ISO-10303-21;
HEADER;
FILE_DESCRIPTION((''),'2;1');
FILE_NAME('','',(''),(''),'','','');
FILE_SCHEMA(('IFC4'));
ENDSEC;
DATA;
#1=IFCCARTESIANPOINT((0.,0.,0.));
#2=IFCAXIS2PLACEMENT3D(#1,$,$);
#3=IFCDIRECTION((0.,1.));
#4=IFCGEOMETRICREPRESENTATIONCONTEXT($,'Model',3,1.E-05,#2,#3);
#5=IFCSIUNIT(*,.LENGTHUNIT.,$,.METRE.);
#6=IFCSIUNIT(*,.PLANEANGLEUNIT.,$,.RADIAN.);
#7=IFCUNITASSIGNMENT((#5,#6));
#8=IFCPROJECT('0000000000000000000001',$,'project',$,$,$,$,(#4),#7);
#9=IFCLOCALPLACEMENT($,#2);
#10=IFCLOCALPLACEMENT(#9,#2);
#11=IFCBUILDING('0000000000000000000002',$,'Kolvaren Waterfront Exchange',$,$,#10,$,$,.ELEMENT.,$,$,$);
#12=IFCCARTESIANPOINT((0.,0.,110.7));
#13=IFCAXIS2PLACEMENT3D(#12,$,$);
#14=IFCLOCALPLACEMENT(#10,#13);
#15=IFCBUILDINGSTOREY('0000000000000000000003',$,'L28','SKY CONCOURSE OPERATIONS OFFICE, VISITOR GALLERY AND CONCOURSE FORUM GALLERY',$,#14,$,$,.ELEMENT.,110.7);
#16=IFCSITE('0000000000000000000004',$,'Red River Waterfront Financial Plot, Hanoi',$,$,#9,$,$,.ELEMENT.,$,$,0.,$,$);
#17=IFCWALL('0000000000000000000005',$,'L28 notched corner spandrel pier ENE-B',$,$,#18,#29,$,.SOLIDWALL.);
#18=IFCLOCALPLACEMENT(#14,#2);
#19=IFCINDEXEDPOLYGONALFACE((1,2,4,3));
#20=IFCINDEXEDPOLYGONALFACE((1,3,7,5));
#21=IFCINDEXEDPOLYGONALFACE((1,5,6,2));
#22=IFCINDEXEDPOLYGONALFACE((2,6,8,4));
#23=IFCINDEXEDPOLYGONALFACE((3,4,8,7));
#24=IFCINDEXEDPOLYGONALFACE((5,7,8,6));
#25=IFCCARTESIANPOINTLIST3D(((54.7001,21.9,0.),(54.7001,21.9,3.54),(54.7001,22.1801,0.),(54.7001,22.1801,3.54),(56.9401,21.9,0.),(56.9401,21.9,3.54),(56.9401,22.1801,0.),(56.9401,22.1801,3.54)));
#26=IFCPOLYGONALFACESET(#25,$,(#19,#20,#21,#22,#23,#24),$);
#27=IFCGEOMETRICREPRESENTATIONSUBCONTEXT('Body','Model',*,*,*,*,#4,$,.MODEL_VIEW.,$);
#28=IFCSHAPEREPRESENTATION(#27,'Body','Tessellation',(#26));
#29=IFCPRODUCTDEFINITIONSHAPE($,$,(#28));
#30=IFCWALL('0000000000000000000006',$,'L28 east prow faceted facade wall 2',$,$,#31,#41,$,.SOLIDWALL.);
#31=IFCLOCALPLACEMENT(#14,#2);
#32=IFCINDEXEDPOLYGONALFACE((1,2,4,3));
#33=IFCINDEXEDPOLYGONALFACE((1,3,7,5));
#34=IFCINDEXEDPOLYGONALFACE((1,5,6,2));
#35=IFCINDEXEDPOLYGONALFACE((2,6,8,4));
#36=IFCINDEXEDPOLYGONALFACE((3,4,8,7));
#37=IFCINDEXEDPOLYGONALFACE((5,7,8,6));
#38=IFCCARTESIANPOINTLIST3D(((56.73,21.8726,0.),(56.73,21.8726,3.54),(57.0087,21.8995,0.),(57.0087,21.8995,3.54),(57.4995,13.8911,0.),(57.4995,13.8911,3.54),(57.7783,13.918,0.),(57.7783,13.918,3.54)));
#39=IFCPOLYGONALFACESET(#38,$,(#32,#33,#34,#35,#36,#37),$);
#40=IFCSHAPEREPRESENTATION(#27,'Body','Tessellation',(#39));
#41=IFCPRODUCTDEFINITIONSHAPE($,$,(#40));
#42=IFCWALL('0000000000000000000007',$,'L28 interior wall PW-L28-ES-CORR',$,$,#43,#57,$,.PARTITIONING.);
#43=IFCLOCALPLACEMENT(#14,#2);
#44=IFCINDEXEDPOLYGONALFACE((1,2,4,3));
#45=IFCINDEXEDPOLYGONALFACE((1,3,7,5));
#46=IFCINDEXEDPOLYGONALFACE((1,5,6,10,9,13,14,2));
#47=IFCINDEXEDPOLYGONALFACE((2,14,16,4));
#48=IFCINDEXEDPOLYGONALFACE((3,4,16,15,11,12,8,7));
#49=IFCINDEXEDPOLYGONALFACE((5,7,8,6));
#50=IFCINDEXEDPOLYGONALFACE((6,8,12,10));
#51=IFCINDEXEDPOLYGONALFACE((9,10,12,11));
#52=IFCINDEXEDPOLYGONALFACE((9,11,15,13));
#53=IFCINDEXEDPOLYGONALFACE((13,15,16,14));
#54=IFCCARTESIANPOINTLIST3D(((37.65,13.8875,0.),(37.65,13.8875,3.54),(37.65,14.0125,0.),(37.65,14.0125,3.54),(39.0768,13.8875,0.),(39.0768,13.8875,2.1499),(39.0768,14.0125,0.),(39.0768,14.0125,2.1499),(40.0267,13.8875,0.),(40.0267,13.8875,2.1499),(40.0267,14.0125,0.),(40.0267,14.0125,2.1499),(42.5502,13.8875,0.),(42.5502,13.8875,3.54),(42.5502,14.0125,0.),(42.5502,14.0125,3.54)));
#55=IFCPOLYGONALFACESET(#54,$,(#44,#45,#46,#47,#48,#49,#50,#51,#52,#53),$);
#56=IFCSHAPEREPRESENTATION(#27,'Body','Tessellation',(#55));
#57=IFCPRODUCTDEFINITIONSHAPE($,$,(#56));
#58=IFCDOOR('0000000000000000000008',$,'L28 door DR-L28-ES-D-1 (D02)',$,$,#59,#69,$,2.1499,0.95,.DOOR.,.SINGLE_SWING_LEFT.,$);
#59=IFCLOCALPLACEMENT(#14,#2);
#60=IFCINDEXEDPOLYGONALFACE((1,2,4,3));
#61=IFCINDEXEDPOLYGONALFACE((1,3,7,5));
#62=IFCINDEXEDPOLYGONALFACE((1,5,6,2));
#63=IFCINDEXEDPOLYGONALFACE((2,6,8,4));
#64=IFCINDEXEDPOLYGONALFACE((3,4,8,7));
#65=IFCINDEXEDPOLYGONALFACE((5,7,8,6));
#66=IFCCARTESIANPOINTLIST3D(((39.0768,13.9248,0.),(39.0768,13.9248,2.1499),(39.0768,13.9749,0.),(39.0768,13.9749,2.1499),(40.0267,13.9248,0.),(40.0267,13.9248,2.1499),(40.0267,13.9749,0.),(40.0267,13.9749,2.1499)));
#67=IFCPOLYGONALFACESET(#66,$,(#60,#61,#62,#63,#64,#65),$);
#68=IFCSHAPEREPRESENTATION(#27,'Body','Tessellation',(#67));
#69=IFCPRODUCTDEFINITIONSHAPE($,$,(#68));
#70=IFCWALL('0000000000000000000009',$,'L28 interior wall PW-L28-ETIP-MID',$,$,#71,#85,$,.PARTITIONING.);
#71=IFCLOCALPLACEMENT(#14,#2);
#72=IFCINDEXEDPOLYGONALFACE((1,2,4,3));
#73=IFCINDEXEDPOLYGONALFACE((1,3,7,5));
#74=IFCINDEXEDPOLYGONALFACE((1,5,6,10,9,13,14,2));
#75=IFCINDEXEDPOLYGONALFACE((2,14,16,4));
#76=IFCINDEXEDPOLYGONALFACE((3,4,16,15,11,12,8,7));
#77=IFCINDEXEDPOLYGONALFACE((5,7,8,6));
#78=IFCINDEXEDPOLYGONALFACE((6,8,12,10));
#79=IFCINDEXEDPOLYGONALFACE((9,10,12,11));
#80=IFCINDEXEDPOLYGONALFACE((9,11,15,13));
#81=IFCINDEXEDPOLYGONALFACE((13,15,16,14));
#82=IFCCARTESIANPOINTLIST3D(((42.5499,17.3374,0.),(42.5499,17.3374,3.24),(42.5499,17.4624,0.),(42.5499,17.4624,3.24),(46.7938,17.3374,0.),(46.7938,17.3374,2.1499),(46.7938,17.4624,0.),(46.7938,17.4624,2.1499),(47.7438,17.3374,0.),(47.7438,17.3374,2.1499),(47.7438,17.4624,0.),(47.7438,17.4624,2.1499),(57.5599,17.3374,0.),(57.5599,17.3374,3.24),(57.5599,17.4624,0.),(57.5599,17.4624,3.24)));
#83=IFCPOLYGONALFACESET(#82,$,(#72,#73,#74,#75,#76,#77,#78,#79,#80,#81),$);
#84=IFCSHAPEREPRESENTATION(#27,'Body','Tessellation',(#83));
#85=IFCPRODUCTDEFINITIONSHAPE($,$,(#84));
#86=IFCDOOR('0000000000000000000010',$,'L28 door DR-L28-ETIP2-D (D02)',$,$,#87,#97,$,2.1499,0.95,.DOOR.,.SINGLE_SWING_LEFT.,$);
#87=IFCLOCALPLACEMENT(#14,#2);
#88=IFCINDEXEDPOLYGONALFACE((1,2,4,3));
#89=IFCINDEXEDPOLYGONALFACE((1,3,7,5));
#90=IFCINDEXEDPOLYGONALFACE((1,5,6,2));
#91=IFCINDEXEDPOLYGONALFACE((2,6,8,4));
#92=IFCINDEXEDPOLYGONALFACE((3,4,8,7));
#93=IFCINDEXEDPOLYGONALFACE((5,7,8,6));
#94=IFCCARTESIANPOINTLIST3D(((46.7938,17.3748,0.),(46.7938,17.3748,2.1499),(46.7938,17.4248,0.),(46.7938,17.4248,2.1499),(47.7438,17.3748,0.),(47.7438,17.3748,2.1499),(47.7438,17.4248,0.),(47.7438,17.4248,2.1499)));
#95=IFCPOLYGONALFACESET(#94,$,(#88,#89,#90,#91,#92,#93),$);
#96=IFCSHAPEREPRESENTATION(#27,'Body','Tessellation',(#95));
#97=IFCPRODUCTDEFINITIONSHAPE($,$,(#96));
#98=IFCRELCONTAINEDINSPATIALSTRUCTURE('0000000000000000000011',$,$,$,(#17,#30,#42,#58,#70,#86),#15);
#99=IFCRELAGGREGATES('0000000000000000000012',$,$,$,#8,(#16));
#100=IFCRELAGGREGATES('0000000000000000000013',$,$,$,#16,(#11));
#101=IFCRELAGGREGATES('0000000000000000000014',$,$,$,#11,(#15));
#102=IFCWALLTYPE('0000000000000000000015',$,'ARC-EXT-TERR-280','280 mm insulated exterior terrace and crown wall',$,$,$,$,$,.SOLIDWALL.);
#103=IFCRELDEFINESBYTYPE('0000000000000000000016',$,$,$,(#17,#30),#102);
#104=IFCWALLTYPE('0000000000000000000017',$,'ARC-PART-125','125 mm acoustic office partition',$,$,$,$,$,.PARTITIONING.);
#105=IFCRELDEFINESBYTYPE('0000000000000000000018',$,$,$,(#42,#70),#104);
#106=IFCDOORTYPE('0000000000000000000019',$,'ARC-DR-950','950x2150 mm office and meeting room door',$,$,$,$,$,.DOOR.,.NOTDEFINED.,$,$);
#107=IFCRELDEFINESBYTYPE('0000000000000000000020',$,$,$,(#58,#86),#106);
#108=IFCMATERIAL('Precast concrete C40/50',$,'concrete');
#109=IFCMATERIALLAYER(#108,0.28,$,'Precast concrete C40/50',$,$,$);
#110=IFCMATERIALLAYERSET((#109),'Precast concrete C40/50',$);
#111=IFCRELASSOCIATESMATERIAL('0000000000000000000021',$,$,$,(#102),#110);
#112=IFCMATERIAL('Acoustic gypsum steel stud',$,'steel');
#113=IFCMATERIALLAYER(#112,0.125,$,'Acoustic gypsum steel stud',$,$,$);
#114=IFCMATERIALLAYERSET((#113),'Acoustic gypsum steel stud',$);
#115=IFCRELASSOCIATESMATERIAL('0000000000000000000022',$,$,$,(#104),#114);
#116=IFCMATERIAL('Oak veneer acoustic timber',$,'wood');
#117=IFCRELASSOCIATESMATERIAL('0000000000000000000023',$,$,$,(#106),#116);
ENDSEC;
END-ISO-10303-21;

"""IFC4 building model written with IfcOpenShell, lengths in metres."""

from ifc_helpers import new_model, si_unit, direction, frame, frame_2d, origin, place, context, subcontext, project, spatial, rectangle, extrude, material, layer, layer_set, type_object, element, fill, save


model = new_model("IFC4")

# Units and contexts
model_context = context("Model", 3, precision=1e-05, world=origin(), true_north=direction((0.0, 1.0)))
body_context = subcontext(model_context, "Body", "Model", "MODEL_VIEW")
ifc_project = project(units=[si_unit("LENGTHUNIT", "METRE"), si_unit("PLANEANGLEUNIT", "RADIAN")], contexts=[model_context])

# Site, building, storey
site_placement = place(None, origin())
site = spatial("IfcSite", under=ifc_project, at=site_placement, Name="Red River Waterfront Financial Plot, Hanoi", CompositionType="ELEMENT", RefElevation=0.0)
building_placement = place(site_placement, origin())
building = spatial("IfcBuilding", under=site, at=building_placement, Name="Kolvaren Waterfront Exchange", CompositionType="ELEMENT")
storey_placement = place(building_placement, frame((0.0, 0.0, 110.7)))
storey = spatial("IfcBuildingStorey", under=building, at=storey_placement, Name="L28", Description="SKY CONCOURSE OPERATIONS OFFICE, VISITOR GALLERY AND CONCOURSE FORUM GALLERY", CompositionType="ELEMENT", Elevation=110.7)

# Walls
ifc_material_1 = material(Name="Precast concrete C40/50", Category="concrete")
ifc_layer_1 = layer(ifc_material_1, 0.28, Name="Precast concrete C40/50")
ifc_layer_set_1 = layer_set([ifc_layer_1], Name="Precast concrete C40/50")
wall_type_1 = type_object("IfcWallType", Name="ARC-EXT-TERR-280", Description="280 mm insulated exterior terrace and crown wall", PredefinedType="SOLIDWALL", material=ifc_layer_set_1)
wall_1_placement = place(storey_placement, frame((54.7, 22.04, 0.0), z_axis=(0.0, 0.0, 1.0), x_axis=(1.0, 0.0, 0.0)))
element("IfcWall", 1, at=wall_1_placement, inside=storey, type_object=wall_type_1, Name="L28 notched corner spandrel pier ENE-B", PredefinedType="SOLIDWALL", context=body_context, shape_type="SweptSolid", body=[
    extrude(rectangle(XDim=2.24, YDim=0.28, at=frame_2d((1.1201, 0.0))), origin(), (0.0, 0.0, 1.0), 3.54),
])
wall_2_placement = place(storey_placement, frame((57.6389, 13.9045, 0.0), z_axis=(0.0, 0.0, 1.0), x_axis=(-0.09597, 0.995384, 0.0)))
element("IfcWall", 2, at=wall_2_placement, inside=storey, type_object=wall_type_1, Name="L28 east prow faceted facade wall 2", PredefinedType="SOLIDWALL", context=body_context, shape_type="SweptSolid", body=[
    extrude(rectangle(XDim=8.0186, YDim=0.28, at=frame_2d((4.0093, 0.0))), origin(), (0.0, 0.0, 1.0), 3.54),
])

# Walls, openings, doors
ifc_material_2 = material(Name="Acoustic gypsum steel stud", Category="steel")
ifc_layer_2 = layer(ifc_material_2, 0.125, Name="Acoustic gypsum steel stud")
ifc_layer_set_2 = layer_set([ifc_layer_2], Name="Acoustic gypsum steel stud")
wall_type_2 = type_object("IfcWallType", Name="ARC-PART-125", Description="125 mm acoustic office partition", PredefinedType="PARTITIONING", material=ifc_layer_set_2)
wall_3_placement = place(storey_placement, frame((37.6499, 13.95, 0.0), z_axis=(0.0, 0.0, 1.0), x_axis=(1.0, 0.0, 0.0)))
wall_3 = element("IfcWall", 3, at=wall_3_placement, inside=storey, type_object=wall_type_2, Name="L28 interior wall PW-L28-ES-CORR", PredefinedType="PARTITIONING", context=body_context, shape_type="SweptSolid", body=[
    extrude(rectangle(XDim=4.9001, YDim=0.125, at=frame_2d((2.4502, 0.0))), origin(), (0.0, 0.0, 1.0), 3.54),
])
opening_1_placement = place(wall_3_placement, frame((1.4268, 0.0, 0.0)))
opening_1 = element("IfcOpeningElement", 4, at=opening_1_placement, cuts=wall_3, PredefinedType="OPENING", context=body_context, shape_type="SweptSolid", body=[
    extrude(rectangle(XDim=0.95, YDim=2.1499, at=frame_2d((0.4751, 1.075))), frame((0.0, 0.0725, 0.0), z_axis=(0.0, -1.0, 0.0), x_axis=(1.0, 0.0, 0.0)), (0.0, 0.0, 1.0), 0.145),
])
ifc_material_3 = material(Name="Oak veneer acoustic timber", Category="wood")
door_type = type_object("IfcDoorType", Name="ARC-DR-950", Description="950x2150 mm office and meeting room door", OperationType="NOTDEFINED", PredefinedType="DOOR", material=ifc_material_3)
door_1_placement = place(opening_1_placement, origin())
door_1 = element("IfcDoor", 5, at=door_1_placement, inside=storey, type_object=door_type, Name="L28 door DR-L28-ES-D-1 (D02)", OperationType="SINGLE_SWING_LEFT", OverallHeight=2.1499, OverallWidth=0.95, PredefinedType="DOOR", context=body_context, shape_type="SweptSolid", body=[
    extrude(rectangle(XDim=0.95, YDim=2.1499, at=frame_2d((0.4751, 1.075))), frame((0.0, 0.0249, 0.0), z_axis=(0.0, -1.0, 0.0), x_axis=(1.0, 0.0, 0.0)), (0.0, 0.0, 1.0), 0.05),
])
fill(opening_1, door_1)
wall_4_placement = place(storey_placement, frame((42.55, 17.3999, 0.0), z_axis=(0.0, 0.0, 1.0), x_axis=(1.0, 0.0, 0.0)))
wall_4 = element("IfcWall", 6, at=wall_4_placement, inside=storey, type_object=wall_type_2, Name="L28 interior wall PW-L28-ETIP-MID", PredefinedType="PARTITIONING", context=body_context, shape_type="SweptSolid", body=[
    extrude(rectangle(XDim=15.01, YDim=0.125, at=frame_2d((7.5049, 0.0))), origin(), (0.0, 0.0, 1.0), 3.24),
])
opening_2_placement = place(wall_4_placement, frame((4.2437, 0.0, 0.0)))
opening_2 = element("IfcOpeningElement", 7, at=opening_2_placement, cuts=wall_4, PredefinedType="OPENING", context=body_context, shape_type="SweptSolid", body=[
    extrude(rectangle(XDim=0.95, YDim=2.1499, at=frame_2d((0.4751, 1.075))), frame((0.0, 0.0725, 0.0), z_axis=(0.0, -1.0, 0.0), x_axis=(1.0, 0.0, 0.0)), (0.0, 0.0, 1.0), 0.145),
])
door_2_placement = place(opening_2_placement, origin())
door_2 = element("IfcDoor", 8, at=door_2_placement, inside=storey, type_object=door_type, Name="L28 door DR-L28-ETIP2-D (D02)", OperationType="SINGLE_SWING_LEFT", OverallHeight=2.1499, OverallWidth=0.95, PredefinedType="DOOR", context=body_context, shape_type="SweptSolid", body=[
    extrude(rectangle(XDim=0.95, YDim=2.1499, at=frame_2d((0.4751, 1.075))), frame((0.0, 0.0249, 0.0), z_axis=(0.0, -1.0, 0.0), x_axis=(1.0, 0.0, 0.0)), (0.0, 0.0, 1.0), 0.05),
])
fill(opening_2, door_2)

save(model, "model.ifc")
